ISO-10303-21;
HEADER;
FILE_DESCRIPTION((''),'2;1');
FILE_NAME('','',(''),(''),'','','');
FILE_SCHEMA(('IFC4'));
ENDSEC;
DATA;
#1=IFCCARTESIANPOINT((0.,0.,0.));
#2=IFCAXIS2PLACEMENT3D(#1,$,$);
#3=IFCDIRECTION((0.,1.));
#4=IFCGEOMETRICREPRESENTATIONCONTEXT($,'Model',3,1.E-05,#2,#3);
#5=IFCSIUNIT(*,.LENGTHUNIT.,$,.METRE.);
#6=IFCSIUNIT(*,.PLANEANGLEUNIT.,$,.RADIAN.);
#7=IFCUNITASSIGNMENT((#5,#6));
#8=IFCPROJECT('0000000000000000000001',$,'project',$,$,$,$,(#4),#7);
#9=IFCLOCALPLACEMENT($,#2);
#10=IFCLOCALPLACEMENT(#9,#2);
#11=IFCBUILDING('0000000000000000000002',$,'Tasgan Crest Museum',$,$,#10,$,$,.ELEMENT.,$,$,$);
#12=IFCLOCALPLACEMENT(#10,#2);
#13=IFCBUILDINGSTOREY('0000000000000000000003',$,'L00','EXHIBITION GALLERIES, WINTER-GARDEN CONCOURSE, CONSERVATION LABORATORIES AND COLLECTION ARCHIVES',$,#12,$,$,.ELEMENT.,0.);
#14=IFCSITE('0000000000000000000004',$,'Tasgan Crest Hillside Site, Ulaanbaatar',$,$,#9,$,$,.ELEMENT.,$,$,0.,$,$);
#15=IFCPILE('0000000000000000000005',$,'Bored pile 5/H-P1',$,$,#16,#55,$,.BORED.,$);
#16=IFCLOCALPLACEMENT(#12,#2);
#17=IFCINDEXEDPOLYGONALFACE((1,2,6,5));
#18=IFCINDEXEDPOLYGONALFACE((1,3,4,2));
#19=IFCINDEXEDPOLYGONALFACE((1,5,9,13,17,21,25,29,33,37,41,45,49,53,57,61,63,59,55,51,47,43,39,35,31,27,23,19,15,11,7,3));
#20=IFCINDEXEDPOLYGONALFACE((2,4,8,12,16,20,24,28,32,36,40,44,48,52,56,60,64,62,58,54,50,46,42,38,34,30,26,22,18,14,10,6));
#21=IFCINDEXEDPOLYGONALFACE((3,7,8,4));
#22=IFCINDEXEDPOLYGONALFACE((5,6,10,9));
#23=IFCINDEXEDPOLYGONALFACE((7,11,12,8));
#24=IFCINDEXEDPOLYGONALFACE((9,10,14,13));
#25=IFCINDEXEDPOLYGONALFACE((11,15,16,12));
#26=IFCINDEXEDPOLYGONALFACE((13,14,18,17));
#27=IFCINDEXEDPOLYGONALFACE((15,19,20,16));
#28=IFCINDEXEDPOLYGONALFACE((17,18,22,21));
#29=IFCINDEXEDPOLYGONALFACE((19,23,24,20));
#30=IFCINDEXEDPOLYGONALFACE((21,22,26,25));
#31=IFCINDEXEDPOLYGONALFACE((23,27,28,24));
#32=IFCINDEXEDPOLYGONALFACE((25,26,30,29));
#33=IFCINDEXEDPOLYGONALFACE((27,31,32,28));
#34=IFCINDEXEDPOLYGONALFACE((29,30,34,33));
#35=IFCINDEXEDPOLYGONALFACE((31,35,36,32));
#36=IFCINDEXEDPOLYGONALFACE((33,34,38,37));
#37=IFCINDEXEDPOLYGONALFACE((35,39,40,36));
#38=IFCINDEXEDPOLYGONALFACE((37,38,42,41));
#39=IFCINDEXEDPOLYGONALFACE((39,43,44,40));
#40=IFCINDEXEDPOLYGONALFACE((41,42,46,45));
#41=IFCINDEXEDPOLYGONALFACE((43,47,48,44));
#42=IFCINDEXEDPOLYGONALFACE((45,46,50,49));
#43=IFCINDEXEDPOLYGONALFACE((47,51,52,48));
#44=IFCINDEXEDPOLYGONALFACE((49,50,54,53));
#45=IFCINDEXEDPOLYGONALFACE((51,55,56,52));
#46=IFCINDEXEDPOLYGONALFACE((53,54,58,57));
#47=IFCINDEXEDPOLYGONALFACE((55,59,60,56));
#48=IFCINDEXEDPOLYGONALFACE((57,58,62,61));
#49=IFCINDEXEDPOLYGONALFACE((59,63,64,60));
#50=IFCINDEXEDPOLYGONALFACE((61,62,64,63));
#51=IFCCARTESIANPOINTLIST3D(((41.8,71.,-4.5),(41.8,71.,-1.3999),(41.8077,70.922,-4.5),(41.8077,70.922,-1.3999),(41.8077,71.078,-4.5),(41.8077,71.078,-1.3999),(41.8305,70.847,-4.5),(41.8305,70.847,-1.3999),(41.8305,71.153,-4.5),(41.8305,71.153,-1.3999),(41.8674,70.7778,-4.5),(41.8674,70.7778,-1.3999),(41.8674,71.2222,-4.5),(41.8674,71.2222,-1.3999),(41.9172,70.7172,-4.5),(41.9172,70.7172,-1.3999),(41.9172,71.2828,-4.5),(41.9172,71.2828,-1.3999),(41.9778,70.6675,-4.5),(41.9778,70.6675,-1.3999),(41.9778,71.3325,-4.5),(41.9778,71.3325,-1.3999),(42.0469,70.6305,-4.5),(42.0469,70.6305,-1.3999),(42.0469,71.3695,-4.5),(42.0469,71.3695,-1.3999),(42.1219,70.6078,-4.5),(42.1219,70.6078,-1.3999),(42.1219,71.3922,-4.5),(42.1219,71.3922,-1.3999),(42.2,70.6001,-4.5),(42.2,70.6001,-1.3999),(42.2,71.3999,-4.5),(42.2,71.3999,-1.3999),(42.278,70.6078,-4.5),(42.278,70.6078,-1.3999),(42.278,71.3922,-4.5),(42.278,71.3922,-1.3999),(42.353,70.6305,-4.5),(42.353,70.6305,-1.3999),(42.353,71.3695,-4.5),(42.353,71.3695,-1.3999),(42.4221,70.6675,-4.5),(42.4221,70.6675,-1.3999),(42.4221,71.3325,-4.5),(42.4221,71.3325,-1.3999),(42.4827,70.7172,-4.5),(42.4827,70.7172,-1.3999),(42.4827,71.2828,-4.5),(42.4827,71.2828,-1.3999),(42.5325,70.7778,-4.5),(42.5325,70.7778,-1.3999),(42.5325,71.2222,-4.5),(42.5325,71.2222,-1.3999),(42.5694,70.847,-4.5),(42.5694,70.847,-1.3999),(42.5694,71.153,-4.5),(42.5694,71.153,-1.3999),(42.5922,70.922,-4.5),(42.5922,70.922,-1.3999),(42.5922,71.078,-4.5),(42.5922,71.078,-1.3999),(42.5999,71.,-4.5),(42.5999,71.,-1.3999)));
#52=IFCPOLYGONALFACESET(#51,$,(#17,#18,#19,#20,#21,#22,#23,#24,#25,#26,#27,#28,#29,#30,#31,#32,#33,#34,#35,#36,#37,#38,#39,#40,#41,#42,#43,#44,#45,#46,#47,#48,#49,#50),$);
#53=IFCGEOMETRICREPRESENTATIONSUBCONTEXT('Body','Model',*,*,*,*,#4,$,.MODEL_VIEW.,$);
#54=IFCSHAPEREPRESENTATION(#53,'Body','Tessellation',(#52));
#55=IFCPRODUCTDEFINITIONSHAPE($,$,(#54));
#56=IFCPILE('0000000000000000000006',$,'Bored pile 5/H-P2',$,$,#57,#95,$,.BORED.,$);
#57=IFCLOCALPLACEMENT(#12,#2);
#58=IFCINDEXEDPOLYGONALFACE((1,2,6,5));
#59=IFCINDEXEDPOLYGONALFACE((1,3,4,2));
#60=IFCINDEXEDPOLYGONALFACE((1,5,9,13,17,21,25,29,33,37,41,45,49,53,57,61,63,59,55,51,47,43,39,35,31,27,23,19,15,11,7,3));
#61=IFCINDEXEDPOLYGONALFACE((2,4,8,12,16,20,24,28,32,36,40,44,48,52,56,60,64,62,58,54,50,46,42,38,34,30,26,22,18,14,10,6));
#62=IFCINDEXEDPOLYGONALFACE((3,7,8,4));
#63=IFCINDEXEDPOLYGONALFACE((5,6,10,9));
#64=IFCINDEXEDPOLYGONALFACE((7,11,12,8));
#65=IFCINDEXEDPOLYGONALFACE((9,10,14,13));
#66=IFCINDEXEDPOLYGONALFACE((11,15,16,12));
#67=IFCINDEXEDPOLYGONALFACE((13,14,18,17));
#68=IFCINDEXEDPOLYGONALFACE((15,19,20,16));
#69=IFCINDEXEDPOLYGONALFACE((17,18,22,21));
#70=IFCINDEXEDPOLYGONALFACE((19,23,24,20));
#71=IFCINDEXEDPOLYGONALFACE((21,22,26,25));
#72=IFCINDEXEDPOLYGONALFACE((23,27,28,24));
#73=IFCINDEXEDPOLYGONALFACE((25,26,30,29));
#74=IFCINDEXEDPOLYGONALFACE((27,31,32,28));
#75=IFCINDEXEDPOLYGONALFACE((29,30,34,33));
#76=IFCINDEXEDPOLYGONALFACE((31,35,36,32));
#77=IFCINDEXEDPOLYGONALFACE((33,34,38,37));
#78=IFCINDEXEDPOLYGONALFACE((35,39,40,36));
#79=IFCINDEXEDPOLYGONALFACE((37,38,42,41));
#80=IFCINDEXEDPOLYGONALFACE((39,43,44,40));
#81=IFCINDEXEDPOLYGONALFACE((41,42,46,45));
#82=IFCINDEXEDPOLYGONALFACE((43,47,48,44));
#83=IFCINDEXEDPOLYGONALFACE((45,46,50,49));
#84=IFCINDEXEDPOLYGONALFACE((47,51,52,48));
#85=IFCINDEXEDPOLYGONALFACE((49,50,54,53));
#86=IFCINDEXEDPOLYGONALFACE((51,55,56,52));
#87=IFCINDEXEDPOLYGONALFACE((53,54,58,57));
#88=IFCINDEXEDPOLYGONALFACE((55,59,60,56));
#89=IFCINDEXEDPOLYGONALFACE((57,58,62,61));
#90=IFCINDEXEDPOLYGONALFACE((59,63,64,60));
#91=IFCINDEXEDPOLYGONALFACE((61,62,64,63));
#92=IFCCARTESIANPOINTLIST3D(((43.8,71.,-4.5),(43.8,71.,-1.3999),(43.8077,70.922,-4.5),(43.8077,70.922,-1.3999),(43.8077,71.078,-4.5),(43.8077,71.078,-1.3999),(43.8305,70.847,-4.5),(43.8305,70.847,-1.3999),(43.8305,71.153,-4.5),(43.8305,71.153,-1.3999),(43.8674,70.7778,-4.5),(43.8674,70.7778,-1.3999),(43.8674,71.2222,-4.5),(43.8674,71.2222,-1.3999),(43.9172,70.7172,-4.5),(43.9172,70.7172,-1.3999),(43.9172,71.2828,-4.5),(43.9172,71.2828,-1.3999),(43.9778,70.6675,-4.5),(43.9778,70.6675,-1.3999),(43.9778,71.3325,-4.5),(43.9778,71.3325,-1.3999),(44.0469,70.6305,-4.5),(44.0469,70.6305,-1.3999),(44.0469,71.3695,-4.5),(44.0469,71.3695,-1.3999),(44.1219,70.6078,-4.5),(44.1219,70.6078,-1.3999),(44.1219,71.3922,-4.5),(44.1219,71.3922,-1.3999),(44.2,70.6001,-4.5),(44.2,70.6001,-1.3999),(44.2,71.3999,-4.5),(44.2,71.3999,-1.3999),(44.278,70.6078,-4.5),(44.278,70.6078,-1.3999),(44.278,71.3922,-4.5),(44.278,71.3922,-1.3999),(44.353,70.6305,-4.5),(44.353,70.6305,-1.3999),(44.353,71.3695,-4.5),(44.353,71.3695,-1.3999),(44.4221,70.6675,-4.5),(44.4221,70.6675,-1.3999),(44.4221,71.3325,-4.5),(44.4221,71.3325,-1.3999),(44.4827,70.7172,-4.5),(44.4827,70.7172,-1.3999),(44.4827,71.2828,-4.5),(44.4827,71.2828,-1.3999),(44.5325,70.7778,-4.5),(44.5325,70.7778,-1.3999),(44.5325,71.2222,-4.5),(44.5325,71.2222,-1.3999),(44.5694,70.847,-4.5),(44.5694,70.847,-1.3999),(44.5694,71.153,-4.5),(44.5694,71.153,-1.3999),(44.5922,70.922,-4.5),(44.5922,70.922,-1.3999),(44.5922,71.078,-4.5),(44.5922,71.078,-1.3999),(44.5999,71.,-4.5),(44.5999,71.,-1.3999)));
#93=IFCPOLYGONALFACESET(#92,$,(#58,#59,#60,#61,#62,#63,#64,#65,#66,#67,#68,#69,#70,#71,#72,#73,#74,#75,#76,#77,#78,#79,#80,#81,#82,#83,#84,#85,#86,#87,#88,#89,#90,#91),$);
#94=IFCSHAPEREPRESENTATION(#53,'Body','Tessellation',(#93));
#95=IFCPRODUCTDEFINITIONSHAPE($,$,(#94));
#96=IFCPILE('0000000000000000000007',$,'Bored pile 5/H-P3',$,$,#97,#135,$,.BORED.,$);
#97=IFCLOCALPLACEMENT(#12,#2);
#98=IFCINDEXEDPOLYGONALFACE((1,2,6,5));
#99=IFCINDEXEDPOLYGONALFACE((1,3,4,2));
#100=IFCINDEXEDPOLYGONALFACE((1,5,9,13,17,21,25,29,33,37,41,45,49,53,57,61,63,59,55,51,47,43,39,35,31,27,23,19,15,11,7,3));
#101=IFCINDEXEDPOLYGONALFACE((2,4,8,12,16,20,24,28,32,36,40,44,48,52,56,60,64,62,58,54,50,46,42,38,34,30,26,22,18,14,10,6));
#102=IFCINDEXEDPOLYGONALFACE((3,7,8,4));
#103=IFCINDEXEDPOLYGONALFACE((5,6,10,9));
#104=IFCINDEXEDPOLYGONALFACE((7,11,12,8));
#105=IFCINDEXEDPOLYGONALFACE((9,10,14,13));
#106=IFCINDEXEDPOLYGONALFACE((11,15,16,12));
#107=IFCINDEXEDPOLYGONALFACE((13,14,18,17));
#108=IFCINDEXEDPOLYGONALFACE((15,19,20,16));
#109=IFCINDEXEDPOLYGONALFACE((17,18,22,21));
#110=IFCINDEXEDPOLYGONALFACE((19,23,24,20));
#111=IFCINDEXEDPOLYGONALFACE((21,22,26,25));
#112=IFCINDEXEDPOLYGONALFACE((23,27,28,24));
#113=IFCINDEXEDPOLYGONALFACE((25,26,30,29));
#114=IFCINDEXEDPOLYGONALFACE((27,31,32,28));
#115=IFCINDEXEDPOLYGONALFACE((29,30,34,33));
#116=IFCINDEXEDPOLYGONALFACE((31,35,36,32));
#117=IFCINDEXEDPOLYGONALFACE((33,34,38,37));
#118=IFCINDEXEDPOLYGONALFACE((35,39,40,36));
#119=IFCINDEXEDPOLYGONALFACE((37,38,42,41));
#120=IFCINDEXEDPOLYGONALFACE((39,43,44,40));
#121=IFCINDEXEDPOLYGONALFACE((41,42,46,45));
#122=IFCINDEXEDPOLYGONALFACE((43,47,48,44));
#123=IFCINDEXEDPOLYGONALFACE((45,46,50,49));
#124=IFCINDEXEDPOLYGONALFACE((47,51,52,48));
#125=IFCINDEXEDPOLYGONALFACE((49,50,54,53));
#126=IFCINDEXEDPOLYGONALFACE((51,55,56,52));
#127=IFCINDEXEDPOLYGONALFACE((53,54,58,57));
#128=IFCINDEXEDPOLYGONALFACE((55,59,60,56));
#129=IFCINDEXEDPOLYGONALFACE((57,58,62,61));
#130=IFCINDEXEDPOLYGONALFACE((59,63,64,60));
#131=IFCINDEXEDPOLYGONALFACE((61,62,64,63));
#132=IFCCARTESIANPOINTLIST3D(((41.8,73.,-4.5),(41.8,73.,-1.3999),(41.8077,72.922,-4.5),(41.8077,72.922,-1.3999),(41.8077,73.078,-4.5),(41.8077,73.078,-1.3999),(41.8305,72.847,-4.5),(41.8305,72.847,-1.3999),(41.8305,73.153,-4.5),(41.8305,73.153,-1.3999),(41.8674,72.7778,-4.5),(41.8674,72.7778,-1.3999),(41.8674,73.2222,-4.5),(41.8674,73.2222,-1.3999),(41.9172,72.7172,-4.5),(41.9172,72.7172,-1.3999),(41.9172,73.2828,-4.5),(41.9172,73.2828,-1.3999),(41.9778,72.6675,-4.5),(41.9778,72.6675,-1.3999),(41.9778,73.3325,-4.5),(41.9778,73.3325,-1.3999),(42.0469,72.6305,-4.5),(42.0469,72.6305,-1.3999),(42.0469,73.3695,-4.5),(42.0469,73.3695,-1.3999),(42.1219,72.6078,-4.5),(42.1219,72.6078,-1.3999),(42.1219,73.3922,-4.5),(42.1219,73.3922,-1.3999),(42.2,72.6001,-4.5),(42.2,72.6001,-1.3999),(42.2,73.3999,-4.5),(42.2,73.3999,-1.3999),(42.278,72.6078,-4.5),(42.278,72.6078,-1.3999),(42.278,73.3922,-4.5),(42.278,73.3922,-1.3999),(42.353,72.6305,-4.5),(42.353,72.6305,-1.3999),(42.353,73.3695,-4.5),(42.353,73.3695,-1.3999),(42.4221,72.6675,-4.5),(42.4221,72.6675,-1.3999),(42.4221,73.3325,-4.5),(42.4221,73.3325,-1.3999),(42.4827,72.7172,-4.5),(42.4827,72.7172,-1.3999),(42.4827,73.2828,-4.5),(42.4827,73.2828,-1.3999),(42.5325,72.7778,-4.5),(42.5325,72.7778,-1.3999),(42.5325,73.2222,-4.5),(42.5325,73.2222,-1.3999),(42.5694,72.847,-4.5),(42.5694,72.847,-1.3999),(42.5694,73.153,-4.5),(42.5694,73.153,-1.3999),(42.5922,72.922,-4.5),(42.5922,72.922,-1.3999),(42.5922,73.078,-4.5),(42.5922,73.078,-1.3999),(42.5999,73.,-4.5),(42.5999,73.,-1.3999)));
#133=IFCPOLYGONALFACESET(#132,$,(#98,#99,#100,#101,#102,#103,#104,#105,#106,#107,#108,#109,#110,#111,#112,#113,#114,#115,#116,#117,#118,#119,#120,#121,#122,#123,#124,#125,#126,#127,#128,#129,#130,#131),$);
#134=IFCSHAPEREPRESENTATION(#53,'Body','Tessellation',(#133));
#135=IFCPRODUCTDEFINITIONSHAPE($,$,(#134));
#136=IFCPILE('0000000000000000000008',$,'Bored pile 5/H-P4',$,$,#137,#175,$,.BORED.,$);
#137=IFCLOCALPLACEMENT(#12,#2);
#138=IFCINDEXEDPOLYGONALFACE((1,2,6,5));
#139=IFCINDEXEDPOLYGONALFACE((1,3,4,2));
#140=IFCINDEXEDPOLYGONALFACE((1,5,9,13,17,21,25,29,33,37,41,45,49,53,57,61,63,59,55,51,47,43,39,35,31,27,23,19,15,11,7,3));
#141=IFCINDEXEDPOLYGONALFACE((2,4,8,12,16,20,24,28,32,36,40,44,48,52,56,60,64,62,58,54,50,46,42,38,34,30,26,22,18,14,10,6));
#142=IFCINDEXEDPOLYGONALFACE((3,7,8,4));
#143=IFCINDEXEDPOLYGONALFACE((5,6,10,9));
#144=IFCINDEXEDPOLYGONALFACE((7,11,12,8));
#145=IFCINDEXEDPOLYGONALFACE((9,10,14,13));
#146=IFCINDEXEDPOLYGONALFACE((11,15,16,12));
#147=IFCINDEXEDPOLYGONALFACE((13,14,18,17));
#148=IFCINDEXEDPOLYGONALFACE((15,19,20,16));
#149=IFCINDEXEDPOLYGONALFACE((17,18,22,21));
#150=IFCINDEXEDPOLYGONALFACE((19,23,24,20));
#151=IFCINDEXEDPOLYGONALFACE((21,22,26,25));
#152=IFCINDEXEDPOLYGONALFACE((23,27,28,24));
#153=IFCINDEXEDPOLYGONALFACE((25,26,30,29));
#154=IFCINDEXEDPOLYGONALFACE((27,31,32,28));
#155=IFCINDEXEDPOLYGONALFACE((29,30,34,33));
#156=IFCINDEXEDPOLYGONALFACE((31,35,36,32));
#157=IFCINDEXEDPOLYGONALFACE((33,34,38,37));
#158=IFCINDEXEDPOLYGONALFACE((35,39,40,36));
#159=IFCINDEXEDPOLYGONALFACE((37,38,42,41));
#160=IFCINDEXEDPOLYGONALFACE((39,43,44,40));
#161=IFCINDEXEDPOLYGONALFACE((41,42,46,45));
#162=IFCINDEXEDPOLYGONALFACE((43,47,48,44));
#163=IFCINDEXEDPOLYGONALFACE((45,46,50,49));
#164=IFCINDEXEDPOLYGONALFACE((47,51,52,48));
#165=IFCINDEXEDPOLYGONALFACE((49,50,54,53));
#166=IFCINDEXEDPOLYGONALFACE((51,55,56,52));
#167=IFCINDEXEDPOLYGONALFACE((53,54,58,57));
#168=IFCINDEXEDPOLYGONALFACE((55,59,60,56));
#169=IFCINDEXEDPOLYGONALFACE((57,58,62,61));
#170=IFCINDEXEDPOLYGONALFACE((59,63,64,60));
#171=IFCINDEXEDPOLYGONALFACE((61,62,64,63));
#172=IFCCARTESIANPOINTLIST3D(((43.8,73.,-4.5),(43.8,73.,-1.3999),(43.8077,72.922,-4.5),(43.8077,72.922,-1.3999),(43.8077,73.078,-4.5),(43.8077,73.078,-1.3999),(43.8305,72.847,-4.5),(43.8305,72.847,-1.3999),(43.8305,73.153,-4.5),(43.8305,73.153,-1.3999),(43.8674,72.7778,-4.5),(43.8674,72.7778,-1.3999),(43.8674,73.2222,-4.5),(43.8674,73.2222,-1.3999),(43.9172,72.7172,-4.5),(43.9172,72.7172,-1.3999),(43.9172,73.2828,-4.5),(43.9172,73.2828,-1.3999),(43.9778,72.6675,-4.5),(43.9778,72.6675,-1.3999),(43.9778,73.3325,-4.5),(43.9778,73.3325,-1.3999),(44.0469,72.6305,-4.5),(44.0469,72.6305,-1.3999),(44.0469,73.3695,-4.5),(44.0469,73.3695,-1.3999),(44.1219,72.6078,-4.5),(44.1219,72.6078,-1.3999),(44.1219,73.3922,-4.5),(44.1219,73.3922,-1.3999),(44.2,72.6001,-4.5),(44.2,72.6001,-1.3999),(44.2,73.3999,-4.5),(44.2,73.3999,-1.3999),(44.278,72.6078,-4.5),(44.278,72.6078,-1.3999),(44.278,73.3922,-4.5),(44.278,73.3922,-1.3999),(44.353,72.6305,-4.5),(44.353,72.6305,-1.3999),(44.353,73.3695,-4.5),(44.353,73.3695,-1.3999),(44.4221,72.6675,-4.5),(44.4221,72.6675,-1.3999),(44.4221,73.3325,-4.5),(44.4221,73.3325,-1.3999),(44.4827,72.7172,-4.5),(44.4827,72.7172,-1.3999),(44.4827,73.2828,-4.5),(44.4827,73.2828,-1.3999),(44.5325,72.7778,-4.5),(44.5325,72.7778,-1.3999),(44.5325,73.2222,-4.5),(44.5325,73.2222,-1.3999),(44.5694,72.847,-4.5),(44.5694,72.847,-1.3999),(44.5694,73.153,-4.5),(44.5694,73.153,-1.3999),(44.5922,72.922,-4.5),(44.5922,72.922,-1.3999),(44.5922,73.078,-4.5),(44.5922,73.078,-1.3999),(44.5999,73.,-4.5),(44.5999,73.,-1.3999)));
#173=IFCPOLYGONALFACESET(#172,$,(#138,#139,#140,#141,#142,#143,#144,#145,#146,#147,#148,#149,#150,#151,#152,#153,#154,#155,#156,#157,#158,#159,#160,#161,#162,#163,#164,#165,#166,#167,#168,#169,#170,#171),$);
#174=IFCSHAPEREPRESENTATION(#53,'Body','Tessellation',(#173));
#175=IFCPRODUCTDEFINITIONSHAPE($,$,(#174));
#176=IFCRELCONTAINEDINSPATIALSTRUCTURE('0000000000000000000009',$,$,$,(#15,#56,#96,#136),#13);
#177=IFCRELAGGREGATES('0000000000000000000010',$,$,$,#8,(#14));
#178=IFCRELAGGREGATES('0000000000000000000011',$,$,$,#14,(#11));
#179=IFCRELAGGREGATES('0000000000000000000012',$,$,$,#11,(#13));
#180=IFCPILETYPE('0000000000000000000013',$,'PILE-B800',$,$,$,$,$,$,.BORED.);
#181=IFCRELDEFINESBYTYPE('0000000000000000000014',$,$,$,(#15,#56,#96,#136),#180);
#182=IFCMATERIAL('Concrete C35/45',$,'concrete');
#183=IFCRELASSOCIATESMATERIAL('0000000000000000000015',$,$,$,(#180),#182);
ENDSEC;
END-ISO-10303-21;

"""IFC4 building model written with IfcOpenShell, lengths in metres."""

from ifc_helpers import new_model, si_unit, direction, frame, origin, origin_2d, place, context, subcontext, project, spatial, circle, extrude, material, material_profile, profile_set, type_object, element, save


model = new_model("IFC4")

# Units and contexts
model_context = context("Model", 3, precision=1e-05, world=origin(), true_north=direction((0.0, 1.0)))
body_context = subcontext(model_context, "Body", "Model", "MODEL_VIEW")
ifc_project = project(units=[si_unit("LENGTHUNIT", "METRE"), si_unit("PLANEANGLEUNIT", "RADIAN")], contexts=[model_context])

# Site, building, storey
site_placement = place(None, origin())
site = spatial("IfcSite", under=ifc_project, at=site_placement, Name="Tasgan Crest Hillside Site, Ulaanbaatar", CompositionType="ELEMENT", RefElevation=0.0)
building_placement = place(site_placement, origin())
building = spatial("IfcBuilding", under=site, at=building_placement, Name="Tasgan Crest Museum", CompositionType="ELEMENT")
storey_placement = place(building_placement, origin())
storey = spatial("IfcBuildingStorey", under=building, at=storey_placement, Name="L00", Description="EXHIBITION GALLERIES, WINTER-GARDEN CONCOURSE, CONSERVATION LABORATORIES AND COLLECTION ARCHIVES", CompositionType="ELEMENT", Elevation=0.0)

# Piles
ifc_material_1 = material(Name="Concrete C35/45", Category="concrete")
ifc_material_profile_1 = material_profile(ifc_material_1, circle(Radius=0.3999, at=origin_2d()), Name="PILE D800")
ifc_profile_set_1 = profile_set([ifc_material_profile_1], Name="Concrete C35/45")
pile_type_1 = type_object("IfcPileType", Name="PILE-B800", PredefinedType="BORED", material=ifc_profile_set_1)
for number, where, z_axis, x_axis, name in (
    (1, (42.2, 71.0, -1.3999), (0.0, 0.0, -1.0), (1.0, 0.0, 0.0), "Bored pile 5/H-P1"),
    (2, (44.2, 71.0, -1.3999), (0.0, 0.0, -1.0), (1.0, 0.0, 0.0), "Bored pile 5/H-P2"),
    (3, (42.2, 73.0, -1.3999), (0.0, 0.0, -1.0), (1.0, 0.0, 0.0), "Bored pile 5/H-P3"),
    (4, (44.2, 73.0, -1.3999), (0.0, 0.0, -1.0), (1.0, 0.0, 0.0), "Bored pile 5/H-P4"),
):
    element("IfcPile", number, at=place(storey_placement, frame(where, z_axis=z_axis, x_axis=x_axis)), inside=storey, type_object=pile_type_1, Name=name, PredefinedType="BORED", context=body_context, shape_type="SweptSolid", body=[
        extrude(circle(Radius=0.3999, at=origin_2d()), origin(), (0.0, 0.0, 1.0), 3.1001),
    ])

save(model, "model.ifc")
